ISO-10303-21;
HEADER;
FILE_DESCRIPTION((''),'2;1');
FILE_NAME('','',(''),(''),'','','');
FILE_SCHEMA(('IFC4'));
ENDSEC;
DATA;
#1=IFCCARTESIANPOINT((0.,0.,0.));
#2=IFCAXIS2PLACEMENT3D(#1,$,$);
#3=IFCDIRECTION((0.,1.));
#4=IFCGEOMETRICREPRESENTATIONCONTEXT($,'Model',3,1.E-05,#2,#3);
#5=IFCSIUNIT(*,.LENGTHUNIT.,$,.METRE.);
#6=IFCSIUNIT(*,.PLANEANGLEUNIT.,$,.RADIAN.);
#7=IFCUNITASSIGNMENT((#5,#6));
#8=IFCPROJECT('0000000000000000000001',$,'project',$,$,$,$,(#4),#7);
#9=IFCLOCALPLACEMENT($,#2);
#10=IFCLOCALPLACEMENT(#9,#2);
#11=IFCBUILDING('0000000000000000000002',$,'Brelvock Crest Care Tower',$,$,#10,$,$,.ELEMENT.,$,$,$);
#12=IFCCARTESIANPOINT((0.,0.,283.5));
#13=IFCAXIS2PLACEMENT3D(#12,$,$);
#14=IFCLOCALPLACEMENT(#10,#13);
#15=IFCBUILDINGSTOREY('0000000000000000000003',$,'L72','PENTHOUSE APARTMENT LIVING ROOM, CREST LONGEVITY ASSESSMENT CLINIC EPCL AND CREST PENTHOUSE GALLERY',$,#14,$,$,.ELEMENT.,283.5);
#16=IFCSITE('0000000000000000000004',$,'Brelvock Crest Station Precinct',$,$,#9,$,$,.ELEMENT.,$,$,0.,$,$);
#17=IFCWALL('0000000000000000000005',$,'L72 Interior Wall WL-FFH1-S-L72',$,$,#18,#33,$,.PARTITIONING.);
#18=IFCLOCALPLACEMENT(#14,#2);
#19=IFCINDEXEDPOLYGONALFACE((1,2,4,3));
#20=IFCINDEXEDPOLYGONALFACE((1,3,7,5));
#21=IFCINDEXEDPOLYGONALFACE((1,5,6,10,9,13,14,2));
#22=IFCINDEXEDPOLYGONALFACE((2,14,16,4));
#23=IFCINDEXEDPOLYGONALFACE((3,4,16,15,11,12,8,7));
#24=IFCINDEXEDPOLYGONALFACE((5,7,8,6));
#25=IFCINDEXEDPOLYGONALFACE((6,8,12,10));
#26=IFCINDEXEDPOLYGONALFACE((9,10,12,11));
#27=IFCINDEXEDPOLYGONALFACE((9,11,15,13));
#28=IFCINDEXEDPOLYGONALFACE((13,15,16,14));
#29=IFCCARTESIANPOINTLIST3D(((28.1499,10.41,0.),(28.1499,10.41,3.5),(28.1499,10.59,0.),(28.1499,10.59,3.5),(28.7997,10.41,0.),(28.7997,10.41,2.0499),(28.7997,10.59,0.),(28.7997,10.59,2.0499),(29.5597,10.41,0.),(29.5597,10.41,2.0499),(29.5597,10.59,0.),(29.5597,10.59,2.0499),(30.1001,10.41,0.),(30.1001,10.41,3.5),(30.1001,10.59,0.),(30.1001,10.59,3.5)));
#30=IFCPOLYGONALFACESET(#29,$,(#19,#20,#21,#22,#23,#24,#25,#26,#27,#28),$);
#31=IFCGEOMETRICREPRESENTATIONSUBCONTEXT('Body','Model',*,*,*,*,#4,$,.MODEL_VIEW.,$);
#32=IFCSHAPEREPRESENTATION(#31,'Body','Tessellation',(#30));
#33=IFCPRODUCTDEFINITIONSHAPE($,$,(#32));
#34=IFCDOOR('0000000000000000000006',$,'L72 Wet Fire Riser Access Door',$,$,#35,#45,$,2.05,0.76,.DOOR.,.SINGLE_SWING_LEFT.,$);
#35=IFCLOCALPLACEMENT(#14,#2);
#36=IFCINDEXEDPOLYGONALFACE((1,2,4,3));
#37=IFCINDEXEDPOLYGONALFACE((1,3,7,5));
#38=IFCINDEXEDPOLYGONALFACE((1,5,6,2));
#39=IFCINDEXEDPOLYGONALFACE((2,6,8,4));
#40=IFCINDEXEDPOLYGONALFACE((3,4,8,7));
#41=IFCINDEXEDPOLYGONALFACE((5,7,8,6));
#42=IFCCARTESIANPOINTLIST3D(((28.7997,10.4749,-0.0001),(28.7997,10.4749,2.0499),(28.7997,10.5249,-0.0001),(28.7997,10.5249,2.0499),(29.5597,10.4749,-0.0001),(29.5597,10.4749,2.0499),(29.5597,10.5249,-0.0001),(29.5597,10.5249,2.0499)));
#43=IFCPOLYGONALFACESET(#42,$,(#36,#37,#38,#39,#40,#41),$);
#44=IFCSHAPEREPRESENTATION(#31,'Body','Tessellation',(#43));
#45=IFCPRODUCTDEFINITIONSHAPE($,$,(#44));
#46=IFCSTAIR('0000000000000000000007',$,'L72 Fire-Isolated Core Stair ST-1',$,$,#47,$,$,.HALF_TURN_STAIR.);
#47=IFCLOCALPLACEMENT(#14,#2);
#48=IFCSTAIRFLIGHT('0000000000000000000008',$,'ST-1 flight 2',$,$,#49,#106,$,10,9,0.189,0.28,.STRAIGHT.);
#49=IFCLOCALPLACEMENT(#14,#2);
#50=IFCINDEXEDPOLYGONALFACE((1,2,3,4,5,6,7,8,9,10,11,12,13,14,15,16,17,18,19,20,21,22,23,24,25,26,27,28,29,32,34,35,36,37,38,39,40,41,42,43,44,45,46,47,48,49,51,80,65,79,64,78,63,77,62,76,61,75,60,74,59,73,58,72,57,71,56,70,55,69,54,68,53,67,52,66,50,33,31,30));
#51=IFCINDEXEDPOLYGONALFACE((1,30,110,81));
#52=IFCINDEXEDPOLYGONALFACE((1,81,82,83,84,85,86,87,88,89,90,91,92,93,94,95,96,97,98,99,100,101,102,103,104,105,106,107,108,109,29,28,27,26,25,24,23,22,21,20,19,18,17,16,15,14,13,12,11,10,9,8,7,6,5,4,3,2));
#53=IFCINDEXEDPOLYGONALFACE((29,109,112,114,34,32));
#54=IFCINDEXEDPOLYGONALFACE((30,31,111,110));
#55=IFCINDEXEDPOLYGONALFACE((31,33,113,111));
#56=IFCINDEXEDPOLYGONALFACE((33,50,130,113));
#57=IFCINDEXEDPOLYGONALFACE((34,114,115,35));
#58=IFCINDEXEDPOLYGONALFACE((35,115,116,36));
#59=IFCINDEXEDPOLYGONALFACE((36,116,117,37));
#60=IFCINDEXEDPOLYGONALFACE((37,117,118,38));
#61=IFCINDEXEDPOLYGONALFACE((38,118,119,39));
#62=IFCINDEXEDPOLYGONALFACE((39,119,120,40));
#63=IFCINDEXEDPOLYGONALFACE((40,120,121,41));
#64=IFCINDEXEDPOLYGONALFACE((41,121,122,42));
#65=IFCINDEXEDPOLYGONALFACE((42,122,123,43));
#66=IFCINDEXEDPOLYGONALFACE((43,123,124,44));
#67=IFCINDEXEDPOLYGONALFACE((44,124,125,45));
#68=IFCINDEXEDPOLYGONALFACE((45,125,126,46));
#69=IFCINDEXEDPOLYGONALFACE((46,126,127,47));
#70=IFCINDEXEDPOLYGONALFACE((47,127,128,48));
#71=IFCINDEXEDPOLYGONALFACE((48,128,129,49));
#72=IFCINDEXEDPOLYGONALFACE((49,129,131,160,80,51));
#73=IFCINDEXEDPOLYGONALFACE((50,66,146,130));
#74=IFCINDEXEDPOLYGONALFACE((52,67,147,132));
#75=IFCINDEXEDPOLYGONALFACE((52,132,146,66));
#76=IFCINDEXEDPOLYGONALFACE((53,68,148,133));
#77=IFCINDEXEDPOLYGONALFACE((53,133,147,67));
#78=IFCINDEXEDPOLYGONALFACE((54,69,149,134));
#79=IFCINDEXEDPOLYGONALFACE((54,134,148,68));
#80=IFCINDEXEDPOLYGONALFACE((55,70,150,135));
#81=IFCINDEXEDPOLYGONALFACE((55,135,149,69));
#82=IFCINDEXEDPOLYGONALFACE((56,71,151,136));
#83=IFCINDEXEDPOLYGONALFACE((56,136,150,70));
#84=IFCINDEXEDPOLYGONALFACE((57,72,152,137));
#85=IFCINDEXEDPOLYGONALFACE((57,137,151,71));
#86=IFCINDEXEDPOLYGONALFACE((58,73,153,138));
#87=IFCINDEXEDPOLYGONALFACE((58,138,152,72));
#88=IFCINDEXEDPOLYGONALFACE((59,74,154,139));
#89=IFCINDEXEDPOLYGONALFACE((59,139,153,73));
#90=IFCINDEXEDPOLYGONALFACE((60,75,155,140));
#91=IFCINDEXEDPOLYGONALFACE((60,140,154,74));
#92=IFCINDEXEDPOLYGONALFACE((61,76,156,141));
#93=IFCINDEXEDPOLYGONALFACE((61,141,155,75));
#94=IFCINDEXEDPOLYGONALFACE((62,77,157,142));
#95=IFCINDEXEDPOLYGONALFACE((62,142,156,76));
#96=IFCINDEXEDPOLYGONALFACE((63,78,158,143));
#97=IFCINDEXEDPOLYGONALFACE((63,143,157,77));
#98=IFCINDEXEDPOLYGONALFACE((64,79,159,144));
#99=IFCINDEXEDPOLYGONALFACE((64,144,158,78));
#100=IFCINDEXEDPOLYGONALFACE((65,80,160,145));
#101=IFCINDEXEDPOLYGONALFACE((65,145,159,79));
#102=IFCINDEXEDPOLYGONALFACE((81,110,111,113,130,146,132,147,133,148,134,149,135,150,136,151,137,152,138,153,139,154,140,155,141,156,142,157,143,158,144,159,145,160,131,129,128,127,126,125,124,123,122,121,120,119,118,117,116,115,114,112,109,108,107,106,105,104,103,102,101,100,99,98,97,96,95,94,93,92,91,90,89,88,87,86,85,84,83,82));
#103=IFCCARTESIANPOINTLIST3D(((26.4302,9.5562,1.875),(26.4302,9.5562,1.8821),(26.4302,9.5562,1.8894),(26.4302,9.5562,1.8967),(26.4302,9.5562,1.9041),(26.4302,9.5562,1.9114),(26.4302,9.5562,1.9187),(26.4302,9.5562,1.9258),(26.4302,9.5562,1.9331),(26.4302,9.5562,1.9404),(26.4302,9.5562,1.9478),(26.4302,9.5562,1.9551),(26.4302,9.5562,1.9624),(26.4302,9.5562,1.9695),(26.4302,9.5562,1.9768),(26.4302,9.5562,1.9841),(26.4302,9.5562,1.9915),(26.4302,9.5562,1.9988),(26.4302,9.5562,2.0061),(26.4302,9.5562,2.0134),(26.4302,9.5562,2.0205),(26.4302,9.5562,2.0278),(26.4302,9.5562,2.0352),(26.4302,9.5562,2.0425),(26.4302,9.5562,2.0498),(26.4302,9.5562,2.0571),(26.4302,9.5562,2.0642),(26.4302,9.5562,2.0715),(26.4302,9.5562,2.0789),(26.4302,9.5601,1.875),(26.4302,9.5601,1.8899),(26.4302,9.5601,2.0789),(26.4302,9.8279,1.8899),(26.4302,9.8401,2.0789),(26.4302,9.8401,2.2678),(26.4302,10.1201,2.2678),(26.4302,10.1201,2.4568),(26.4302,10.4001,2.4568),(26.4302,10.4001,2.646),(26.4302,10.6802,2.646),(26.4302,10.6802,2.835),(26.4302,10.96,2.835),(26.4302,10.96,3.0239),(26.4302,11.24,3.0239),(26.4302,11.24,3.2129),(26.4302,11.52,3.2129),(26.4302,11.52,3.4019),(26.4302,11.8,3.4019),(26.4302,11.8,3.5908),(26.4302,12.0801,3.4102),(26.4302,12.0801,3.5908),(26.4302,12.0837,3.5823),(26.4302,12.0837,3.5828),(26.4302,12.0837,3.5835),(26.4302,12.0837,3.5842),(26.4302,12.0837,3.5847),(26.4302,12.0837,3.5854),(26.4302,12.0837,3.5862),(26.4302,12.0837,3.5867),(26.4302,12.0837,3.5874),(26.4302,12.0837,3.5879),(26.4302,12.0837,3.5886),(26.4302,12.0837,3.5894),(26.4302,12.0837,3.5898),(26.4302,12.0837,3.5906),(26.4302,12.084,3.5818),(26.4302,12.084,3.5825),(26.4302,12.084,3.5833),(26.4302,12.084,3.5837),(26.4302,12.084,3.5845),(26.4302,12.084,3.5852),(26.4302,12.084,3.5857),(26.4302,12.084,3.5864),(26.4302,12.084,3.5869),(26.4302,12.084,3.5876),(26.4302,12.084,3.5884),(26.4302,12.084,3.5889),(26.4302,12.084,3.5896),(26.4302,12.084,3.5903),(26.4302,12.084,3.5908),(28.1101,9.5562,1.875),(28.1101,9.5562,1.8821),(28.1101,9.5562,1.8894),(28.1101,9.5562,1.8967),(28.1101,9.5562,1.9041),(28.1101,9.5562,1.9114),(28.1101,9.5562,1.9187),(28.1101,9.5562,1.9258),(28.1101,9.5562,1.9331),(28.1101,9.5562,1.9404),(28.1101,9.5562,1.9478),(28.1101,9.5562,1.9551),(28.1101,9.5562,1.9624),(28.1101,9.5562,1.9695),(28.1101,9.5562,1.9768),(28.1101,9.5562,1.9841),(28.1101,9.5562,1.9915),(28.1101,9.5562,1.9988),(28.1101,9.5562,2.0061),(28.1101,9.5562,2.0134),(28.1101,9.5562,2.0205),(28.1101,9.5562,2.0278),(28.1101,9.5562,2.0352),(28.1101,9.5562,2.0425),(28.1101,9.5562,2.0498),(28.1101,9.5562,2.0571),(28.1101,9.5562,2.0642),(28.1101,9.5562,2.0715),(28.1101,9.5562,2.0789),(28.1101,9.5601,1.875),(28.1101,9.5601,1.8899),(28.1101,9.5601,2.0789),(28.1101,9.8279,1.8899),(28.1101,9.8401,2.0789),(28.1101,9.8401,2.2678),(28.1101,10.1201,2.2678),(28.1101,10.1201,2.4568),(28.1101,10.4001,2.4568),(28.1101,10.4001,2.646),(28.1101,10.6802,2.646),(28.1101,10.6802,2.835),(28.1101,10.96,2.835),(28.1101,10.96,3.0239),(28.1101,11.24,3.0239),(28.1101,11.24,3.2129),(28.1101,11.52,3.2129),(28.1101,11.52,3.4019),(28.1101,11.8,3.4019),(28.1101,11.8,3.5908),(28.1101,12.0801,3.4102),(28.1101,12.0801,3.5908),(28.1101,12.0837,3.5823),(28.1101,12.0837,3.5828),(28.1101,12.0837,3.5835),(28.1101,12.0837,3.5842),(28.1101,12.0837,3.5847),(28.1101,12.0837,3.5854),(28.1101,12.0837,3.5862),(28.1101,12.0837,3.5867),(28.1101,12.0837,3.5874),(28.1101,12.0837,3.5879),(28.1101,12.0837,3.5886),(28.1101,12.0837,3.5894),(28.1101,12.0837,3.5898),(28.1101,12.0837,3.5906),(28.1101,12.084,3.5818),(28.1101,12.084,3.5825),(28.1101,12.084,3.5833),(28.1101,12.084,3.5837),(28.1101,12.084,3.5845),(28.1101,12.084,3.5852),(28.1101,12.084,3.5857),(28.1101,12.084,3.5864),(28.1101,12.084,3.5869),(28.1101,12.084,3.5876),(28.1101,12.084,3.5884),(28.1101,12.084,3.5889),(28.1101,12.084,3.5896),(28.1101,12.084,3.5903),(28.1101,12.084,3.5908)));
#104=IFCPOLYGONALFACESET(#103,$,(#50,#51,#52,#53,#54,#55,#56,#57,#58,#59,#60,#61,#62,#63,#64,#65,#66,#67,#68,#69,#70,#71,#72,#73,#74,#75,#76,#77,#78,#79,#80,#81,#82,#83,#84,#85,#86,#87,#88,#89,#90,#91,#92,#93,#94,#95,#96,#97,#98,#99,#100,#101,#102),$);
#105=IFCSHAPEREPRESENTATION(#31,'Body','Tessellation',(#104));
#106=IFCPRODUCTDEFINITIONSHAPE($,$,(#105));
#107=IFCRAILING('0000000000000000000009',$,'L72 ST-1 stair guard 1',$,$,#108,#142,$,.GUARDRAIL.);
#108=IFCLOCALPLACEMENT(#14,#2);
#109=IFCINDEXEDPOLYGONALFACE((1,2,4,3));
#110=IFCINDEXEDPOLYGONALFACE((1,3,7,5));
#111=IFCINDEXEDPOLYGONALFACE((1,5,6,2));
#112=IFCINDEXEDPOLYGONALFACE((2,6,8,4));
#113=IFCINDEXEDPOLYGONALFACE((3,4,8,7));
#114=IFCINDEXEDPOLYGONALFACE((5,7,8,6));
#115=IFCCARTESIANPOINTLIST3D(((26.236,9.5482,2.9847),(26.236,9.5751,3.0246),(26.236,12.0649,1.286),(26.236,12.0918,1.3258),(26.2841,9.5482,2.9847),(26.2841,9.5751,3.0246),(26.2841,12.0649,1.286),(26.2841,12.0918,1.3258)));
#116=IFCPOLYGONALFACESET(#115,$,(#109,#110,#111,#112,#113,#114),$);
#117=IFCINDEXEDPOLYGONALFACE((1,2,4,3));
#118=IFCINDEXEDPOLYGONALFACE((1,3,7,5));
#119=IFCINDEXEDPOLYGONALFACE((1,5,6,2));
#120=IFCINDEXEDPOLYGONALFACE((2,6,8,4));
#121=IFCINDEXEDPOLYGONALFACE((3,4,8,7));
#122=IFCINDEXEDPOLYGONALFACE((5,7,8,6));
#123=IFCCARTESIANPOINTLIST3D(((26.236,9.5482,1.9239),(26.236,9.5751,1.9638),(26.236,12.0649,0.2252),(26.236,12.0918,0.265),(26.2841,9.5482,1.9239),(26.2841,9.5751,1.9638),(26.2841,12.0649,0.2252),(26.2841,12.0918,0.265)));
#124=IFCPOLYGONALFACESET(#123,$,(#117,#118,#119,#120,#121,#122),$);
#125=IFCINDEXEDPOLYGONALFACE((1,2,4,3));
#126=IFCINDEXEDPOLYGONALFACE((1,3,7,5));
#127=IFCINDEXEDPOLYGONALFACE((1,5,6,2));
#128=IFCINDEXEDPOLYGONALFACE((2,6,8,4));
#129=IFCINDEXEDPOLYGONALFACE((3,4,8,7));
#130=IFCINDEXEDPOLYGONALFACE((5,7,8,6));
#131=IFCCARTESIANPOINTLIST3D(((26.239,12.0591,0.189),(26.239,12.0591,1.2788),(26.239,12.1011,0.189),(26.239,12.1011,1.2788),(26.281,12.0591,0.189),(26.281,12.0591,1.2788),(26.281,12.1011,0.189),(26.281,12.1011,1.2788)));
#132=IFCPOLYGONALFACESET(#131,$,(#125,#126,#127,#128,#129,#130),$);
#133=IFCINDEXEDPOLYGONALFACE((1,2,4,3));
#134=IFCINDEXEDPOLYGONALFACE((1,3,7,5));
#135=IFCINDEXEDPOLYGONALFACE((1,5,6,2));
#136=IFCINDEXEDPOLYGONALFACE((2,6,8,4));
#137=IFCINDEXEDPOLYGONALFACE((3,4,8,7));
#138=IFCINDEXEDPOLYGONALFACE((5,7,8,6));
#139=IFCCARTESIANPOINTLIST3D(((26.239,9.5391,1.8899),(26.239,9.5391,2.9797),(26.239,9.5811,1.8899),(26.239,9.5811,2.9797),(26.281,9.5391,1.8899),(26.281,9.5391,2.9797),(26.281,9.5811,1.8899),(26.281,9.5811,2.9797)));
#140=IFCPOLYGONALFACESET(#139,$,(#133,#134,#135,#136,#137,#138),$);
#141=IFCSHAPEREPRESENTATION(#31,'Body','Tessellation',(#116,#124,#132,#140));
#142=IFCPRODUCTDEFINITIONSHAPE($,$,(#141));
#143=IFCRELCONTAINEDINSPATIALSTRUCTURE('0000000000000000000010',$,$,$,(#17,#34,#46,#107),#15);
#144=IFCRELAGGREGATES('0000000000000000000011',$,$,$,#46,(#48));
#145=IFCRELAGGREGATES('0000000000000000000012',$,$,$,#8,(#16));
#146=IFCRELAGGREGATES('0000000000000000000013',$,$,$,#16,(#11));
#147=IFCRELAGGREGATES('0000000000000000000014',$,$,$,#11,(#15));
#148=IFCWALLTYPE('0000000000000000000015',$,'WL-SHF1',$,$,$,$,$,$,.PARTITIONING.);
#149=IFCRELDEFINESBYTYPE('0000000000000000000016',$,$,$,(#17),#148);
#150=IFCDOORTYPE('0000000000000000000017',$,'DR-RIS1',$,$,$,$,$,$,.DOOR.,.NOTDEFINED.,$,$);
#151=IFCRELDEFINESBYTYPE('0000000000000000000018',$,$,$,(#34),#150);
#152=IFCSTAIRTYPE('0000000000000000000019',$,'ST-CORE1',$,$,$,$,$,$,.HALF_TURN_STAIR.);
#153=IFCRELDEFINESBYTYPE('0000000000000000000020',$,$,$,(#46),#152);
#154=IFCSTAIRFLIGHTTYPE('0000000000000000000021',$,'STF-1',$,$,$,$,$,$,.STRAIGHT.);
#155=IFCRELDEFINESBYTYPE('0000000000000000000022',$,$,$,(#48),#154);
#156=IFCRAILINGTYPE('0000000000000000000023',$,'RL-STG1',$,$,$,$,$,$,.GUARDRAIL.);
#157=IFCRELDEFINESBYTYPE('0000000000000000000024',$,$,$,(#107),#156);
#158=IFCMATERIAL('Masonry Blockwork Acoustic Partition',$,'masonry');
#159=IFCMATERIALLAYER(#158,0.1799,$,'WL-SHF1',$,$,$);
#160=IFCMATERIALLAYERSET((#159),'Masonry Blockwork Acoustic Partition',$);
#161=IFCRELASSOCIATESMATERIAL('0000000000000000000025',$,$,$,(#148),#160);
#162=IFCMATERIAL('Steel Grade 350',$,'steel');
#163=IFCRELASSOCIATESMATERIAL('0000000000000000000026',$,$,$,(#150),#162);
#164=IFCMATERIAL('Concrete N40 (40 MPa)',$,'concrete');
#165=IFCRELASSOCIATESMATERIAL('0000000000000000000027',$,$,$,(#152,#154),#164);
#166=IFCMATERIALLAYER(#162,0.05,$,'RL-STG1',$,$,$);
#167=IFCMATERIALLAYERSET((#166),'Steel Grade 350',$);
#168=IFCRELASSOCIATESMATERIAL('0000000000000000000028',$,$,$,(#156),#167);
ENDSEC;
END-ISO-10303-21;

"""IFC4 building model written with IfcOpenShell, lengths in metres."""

from ifc_helpers import new_model, si_unit, direction, frame, frame_2d, origin, origin_2d, place, context, subcontext, project, spatial, polyline, rectangle, outline, extrude, source, transform, mapped, material, layer, layer_set, type_object, element, fill, aggregate, save


model = new_model("IFC4")

# Units and contexts
model_context = context("Model", 3, precision=1e-05, world=origin(), true_north=direction((0.0, 1.0)))
body_context = subcontext(model_context, "Body", "Model", "MODEL_VIEW")
ifc_project = project(units=[si_unit("LENGTHUNIT", "METRE"), si_unit("PLANEANGLEUNIT", "RADIAN")], contexts=[model_context])

# Site, building, storey
site_placement = place(None, origin())
site = spatial("IfcSite", under=ifc_project, at=site_placement, Name="Brelvock Crest Station Precinct", CompositionType="ELEMENT", RefElevation=0.0)
building_placement = place(site_placement, origin())
building = spatial("IfcBuilding", under=site, at=building_placement, Name="Brelvock Crest Care Tower", CompositionType="ELEMENT")
storey_placement = place(building_placement, frame((0.0, 0.0, 283.5)))
storey = spatial("IfcBuildingStorey", under=building, at=storey_placement, Name="L72", Description="PENTHOUSE APARTMENT LIVING ROOM, CREST LONGEVITY ASSESSMENT CLINIC EPCL AND CREST PENTHOUSE GALLERY", CompositionType="ELEMENT", Elevation=283.5)

# Shared definitions
ifc_material_1 = material(Name="Steel Grade 350", Category="steel")

# Shared definitions
ifc_material_2 = material(Name="Masonry Blockwork Acoustic Partition", Category="masonry")

# Wall, opening, door
ifc_layer_1 = layer(ifc_material_2, 0.1799, Name="WL-SHF1")
ifc_layer_set_1 = layer_set([ifc_layer_1], Name="Masonry Blockwork Acoustic Partition")
wall_type_1 = type_object("IfcWallType", Name="WL-SHF1", PredefinedType="PARTITIONING", material=ifc_layer_set_1)
wall_1_placement = place(storey_placement, frame((28.1499, 10.5, 0.0), z_axis=(0.0, 0.0, 1.0), x_axis=(1.0, 0.0, 0.0)))
wall_1 = element("IfcWall", 1, at=wall_1_placement, inside=storey, type_object=wall_type_1, Name="L72 Interior Wall WL-FFH1-S-L72", PredefinedType="PARTITIONING", context=body_context, shape_type="SweptSolid", body=[
    extrude(rectangle(XDim=1.9502, YDim=0.1799, at=frame_2d((0.9751, 0.0))), origin(), (0.0, 0.0, 1.0), 3.5),
])
opening_1_placement = place(wall_1_placement, frame((0.6499, 0.0, 0.0)))
opening_1 = element("IfcOpeningElement", 2, at=opening_1_placement, cuts=wall_1, PredefinedType="OPENING", context=body_context, shape_type="SweptSolid", body=[
    extrude(rectangle(XDim=0.76, YDim=2.05, at=origin_2d()), frame((0.3799, 0.1001, 1.0249), z_axis=(0.0, -1.0, 0.0), x_axis=(1.0, 0.0, 0.0)), (0.0, 0.0, 1.0), 0.2),
])
door_type_1 = type_object("IfcDoorType", Name="DR-RIS1", OperationType="NOTDEFINED", PredefinedType="DOOR", material=ifc_material_1)
shared_shape_1 = source(origin(), body_context, "Body", "SweptSolid", [
    extrude(rectangle(XDim=0.76, YDim=2.05, at=origin_2d()), frame((0.3799, 0.0249, 1.0249), z_axis=(0.0, -1.0, 0.0), x_axis=(1.0, 0.0, 0.0)), (0.0, 0.0, 1.0), 0.05),
])
door_1_placement = place(opening_1_placement, origin())
door_1 = element("IfcDoor", 3, at=door_1_placement, inside=storey, type_object=door_type_1, Name="L72 Wet Fire Riser Access Door", OperationType="SINGLE_SWING_LEFT", OverallHeight=2.05, OverallWidth=0.76, PredefinedType="DOOR", context=body_context, shape_type="MappedRepresentation", body=[
    mapped(shared_shape_1, transform((0.0, 0.0, 0.0), x_axis=(1.0, 0.0, 0.0), y_axis=(0.0, 1.0, 0.0), z_axis=(0.0, 0.0, 1.0), scale=1.0)),
])
fill(opening_1, door_1)

# Stair, stair flight
ifc_material_3 = material(Name="Concrete N40 (40 MPa)", Category="concrete")
stair_type = type_object("IfcStairType", Name="ST-CORE1", PredefinedType="HALF_TURN_STAIR", material=ifc_material_3)
stair_placement = place(storey_placement, origin())
stair = element("IfcStair", 4, at=stair_placement, inside=storey, type_object=stair_type, Name="L72 Fire-Isolated Core Stair ST-1", PredefinedType="HALF_TURN_STAIR")
stair_flight_type = type_object("IfcStairFlightType", Name="STF-1", PredefinedType="STRAIGHT", material=ifc_material_3)
stair_flight_placement = place(storey_placement, frame((27.27, 9.5601, 1.8899), z_axis=(0.0, 0.0, 1.0), x_axis=(0.0, 1.0, 0.0)))
stair_flight = element("IfcStairFlight", 5, at=stair_flight_placement, type_object=stair_flight_type, Name="ST-1 flight 2", NumberOfRisers=10, NumberOfTreads=9, PredefinedType="STRAIGHT", RiserHeight=0.189, TreadLength=0.28, context=body_context, shape_type="SweptSolid", body=[
    extrude(outline(polyline([(-0.0039, -0.0149), (-0.0039, -0.0078), (-0.0039, -0.0005), (-0.0039, 0.0068), (-0.0039, 0.0142), (-0.0039, 0.0215), (-0.0039, 0.0288), (-0.0039, 0.0359), (-0.0039, 0.0432), (-0.0039, 0.0505), (-0.0039, 0.0579), (-0.0039, 0.0652), (-0.0039, 0.0725), (-0.0039, 0.0796), (-0.0039, 0.0869), (-0.0039, 0.0942), (-0.0039, 0.1016), (-0.0039, 0.1089), (-0.0039, 0.1162), (-0.0039, 0.1235), (-0.0039, 0.1306), (-0.0039, 0.1379), (-0.0039, 0.1453), (-0.0039, 0.1526), (-0.0039, 0.1599), (-0.0039, 0.1672), (-0.0039, 0.1743), (-0.0039, 0.1816), (-0.0039, 0.189), (0.0, 0.189), (0.28, 0.189), (0.28, 0.3779), (0.5601, 0.3779), (0.5601, 0.5669), (0.8401, 0.5669), (0.8401, 0.7561), (1.1201, 0.7561), (1.1201, 0.9451), (1.3999, 0.9451), (1.3999, 1.134), (1.6799, 1.134), (1.6799, 1.323), (1.96, 1.323), (1.96, 1.512), (2.24, 1.512), (2.24, 1.7009), (2.52, 1.7009), (2.5239, 1.7009), (2.5237, 1.7007), (2.5239, 1.7004), (2.5237, 1.7), (2.5239, 1.6997), (2.5237, 1.6995), (2.5239, 1.699), (2.5237, 1.6987), (2.5239, 1.6985), (2.5237, 1.698), (2.5239, 1.6978), (2.5237, 1.6975), (2.5239, 1.697), (2.5237, 1.6968), (2.5239, 1.6965), (2.5237, 1.6963), (2.5239, 1.6958), (2.5237, 1.6956), (2.5239, 1.6953), (2.5237, 1.6948), (2.5239, 1.6946), (2.5237, 1.6943), (2.5239, 1.6938), (2.5237, 1.6936), (2.5239, 1.6934), (2.5237, 1.6929), (2.5239, 1.6926), (2.5237, 1.6924), (2.5239, 1.6919), (2.52, 1.5203), (0.2678, 0.0), (0.0, 0.0), (0.0, -0.0149), (-0.0039, -0.0149)])), frame((0.0, 0.8398, 0.0), z_axis=(0.0, -1.0, 0.0), x_axis=(1.0, 0.0, 0.0)), (0.0, 0.0, 1.0), 1.6799),
])
aggregate(stair, [stair_flight])

# Railing
ifc_layer_2 = layer(ifc_material_1, 0.05, Name="RL-STG1")
ifc_layer_set_2 = layer_set([ifc_layer_2], Name="Steel Grade 350")
railing_type_1 = type_object("IfcRailingType", Name="RL-STG1", PredefinedType="GUARDRAIL", material=ifc_layer_set_2)
railing_1_placement = place(storey_placement, frame((26.26, 12.0801, 0.189)))
element("IfcRailing", 6, at=railing_1_placement, inside=storey, type_object=railing_type_1, Name="L72 ST-1 stair guard 1", PredefinedType="GUARDRAIL", context=body_context, shape_type="SweptSolid", body=[
    extrude(rectangle(XDim=0.0481, YDim=0.0481, at=origin_2d()), frame((0.0, -0.0017, 1.1169), z_axis=(0.0, -0.828862, 0.559454), x_axis=(1.0, 0.0, 0.0)), (0.0, 0.0, 1.0), 3.0364),
    extrude(rectangle(XDim=0.0481, YDim=0.0481, at=origin_2d()), frame((0.0, -0.0017, 0.0562), z_axis=(0.0, -0.828862, 0.559454), x_axis=(1.0, 0.0, 0.0)), (0.0, 0.0, 1.0), 3.0364),
    extrude(rectangle(XDim=0.042, YDim=0.042, at=origin_2d()), origin(), (0.0, 0.0, 1.0), 1.0898),
    extrude(rectangle(XDim=0.042, YDim=0.042, at=origin_2d()), frame((0.0, -2.52, 1.7009)), (0.0, 0.0, 1.0), 1.0898),
])

save(model, "model.ifc")
